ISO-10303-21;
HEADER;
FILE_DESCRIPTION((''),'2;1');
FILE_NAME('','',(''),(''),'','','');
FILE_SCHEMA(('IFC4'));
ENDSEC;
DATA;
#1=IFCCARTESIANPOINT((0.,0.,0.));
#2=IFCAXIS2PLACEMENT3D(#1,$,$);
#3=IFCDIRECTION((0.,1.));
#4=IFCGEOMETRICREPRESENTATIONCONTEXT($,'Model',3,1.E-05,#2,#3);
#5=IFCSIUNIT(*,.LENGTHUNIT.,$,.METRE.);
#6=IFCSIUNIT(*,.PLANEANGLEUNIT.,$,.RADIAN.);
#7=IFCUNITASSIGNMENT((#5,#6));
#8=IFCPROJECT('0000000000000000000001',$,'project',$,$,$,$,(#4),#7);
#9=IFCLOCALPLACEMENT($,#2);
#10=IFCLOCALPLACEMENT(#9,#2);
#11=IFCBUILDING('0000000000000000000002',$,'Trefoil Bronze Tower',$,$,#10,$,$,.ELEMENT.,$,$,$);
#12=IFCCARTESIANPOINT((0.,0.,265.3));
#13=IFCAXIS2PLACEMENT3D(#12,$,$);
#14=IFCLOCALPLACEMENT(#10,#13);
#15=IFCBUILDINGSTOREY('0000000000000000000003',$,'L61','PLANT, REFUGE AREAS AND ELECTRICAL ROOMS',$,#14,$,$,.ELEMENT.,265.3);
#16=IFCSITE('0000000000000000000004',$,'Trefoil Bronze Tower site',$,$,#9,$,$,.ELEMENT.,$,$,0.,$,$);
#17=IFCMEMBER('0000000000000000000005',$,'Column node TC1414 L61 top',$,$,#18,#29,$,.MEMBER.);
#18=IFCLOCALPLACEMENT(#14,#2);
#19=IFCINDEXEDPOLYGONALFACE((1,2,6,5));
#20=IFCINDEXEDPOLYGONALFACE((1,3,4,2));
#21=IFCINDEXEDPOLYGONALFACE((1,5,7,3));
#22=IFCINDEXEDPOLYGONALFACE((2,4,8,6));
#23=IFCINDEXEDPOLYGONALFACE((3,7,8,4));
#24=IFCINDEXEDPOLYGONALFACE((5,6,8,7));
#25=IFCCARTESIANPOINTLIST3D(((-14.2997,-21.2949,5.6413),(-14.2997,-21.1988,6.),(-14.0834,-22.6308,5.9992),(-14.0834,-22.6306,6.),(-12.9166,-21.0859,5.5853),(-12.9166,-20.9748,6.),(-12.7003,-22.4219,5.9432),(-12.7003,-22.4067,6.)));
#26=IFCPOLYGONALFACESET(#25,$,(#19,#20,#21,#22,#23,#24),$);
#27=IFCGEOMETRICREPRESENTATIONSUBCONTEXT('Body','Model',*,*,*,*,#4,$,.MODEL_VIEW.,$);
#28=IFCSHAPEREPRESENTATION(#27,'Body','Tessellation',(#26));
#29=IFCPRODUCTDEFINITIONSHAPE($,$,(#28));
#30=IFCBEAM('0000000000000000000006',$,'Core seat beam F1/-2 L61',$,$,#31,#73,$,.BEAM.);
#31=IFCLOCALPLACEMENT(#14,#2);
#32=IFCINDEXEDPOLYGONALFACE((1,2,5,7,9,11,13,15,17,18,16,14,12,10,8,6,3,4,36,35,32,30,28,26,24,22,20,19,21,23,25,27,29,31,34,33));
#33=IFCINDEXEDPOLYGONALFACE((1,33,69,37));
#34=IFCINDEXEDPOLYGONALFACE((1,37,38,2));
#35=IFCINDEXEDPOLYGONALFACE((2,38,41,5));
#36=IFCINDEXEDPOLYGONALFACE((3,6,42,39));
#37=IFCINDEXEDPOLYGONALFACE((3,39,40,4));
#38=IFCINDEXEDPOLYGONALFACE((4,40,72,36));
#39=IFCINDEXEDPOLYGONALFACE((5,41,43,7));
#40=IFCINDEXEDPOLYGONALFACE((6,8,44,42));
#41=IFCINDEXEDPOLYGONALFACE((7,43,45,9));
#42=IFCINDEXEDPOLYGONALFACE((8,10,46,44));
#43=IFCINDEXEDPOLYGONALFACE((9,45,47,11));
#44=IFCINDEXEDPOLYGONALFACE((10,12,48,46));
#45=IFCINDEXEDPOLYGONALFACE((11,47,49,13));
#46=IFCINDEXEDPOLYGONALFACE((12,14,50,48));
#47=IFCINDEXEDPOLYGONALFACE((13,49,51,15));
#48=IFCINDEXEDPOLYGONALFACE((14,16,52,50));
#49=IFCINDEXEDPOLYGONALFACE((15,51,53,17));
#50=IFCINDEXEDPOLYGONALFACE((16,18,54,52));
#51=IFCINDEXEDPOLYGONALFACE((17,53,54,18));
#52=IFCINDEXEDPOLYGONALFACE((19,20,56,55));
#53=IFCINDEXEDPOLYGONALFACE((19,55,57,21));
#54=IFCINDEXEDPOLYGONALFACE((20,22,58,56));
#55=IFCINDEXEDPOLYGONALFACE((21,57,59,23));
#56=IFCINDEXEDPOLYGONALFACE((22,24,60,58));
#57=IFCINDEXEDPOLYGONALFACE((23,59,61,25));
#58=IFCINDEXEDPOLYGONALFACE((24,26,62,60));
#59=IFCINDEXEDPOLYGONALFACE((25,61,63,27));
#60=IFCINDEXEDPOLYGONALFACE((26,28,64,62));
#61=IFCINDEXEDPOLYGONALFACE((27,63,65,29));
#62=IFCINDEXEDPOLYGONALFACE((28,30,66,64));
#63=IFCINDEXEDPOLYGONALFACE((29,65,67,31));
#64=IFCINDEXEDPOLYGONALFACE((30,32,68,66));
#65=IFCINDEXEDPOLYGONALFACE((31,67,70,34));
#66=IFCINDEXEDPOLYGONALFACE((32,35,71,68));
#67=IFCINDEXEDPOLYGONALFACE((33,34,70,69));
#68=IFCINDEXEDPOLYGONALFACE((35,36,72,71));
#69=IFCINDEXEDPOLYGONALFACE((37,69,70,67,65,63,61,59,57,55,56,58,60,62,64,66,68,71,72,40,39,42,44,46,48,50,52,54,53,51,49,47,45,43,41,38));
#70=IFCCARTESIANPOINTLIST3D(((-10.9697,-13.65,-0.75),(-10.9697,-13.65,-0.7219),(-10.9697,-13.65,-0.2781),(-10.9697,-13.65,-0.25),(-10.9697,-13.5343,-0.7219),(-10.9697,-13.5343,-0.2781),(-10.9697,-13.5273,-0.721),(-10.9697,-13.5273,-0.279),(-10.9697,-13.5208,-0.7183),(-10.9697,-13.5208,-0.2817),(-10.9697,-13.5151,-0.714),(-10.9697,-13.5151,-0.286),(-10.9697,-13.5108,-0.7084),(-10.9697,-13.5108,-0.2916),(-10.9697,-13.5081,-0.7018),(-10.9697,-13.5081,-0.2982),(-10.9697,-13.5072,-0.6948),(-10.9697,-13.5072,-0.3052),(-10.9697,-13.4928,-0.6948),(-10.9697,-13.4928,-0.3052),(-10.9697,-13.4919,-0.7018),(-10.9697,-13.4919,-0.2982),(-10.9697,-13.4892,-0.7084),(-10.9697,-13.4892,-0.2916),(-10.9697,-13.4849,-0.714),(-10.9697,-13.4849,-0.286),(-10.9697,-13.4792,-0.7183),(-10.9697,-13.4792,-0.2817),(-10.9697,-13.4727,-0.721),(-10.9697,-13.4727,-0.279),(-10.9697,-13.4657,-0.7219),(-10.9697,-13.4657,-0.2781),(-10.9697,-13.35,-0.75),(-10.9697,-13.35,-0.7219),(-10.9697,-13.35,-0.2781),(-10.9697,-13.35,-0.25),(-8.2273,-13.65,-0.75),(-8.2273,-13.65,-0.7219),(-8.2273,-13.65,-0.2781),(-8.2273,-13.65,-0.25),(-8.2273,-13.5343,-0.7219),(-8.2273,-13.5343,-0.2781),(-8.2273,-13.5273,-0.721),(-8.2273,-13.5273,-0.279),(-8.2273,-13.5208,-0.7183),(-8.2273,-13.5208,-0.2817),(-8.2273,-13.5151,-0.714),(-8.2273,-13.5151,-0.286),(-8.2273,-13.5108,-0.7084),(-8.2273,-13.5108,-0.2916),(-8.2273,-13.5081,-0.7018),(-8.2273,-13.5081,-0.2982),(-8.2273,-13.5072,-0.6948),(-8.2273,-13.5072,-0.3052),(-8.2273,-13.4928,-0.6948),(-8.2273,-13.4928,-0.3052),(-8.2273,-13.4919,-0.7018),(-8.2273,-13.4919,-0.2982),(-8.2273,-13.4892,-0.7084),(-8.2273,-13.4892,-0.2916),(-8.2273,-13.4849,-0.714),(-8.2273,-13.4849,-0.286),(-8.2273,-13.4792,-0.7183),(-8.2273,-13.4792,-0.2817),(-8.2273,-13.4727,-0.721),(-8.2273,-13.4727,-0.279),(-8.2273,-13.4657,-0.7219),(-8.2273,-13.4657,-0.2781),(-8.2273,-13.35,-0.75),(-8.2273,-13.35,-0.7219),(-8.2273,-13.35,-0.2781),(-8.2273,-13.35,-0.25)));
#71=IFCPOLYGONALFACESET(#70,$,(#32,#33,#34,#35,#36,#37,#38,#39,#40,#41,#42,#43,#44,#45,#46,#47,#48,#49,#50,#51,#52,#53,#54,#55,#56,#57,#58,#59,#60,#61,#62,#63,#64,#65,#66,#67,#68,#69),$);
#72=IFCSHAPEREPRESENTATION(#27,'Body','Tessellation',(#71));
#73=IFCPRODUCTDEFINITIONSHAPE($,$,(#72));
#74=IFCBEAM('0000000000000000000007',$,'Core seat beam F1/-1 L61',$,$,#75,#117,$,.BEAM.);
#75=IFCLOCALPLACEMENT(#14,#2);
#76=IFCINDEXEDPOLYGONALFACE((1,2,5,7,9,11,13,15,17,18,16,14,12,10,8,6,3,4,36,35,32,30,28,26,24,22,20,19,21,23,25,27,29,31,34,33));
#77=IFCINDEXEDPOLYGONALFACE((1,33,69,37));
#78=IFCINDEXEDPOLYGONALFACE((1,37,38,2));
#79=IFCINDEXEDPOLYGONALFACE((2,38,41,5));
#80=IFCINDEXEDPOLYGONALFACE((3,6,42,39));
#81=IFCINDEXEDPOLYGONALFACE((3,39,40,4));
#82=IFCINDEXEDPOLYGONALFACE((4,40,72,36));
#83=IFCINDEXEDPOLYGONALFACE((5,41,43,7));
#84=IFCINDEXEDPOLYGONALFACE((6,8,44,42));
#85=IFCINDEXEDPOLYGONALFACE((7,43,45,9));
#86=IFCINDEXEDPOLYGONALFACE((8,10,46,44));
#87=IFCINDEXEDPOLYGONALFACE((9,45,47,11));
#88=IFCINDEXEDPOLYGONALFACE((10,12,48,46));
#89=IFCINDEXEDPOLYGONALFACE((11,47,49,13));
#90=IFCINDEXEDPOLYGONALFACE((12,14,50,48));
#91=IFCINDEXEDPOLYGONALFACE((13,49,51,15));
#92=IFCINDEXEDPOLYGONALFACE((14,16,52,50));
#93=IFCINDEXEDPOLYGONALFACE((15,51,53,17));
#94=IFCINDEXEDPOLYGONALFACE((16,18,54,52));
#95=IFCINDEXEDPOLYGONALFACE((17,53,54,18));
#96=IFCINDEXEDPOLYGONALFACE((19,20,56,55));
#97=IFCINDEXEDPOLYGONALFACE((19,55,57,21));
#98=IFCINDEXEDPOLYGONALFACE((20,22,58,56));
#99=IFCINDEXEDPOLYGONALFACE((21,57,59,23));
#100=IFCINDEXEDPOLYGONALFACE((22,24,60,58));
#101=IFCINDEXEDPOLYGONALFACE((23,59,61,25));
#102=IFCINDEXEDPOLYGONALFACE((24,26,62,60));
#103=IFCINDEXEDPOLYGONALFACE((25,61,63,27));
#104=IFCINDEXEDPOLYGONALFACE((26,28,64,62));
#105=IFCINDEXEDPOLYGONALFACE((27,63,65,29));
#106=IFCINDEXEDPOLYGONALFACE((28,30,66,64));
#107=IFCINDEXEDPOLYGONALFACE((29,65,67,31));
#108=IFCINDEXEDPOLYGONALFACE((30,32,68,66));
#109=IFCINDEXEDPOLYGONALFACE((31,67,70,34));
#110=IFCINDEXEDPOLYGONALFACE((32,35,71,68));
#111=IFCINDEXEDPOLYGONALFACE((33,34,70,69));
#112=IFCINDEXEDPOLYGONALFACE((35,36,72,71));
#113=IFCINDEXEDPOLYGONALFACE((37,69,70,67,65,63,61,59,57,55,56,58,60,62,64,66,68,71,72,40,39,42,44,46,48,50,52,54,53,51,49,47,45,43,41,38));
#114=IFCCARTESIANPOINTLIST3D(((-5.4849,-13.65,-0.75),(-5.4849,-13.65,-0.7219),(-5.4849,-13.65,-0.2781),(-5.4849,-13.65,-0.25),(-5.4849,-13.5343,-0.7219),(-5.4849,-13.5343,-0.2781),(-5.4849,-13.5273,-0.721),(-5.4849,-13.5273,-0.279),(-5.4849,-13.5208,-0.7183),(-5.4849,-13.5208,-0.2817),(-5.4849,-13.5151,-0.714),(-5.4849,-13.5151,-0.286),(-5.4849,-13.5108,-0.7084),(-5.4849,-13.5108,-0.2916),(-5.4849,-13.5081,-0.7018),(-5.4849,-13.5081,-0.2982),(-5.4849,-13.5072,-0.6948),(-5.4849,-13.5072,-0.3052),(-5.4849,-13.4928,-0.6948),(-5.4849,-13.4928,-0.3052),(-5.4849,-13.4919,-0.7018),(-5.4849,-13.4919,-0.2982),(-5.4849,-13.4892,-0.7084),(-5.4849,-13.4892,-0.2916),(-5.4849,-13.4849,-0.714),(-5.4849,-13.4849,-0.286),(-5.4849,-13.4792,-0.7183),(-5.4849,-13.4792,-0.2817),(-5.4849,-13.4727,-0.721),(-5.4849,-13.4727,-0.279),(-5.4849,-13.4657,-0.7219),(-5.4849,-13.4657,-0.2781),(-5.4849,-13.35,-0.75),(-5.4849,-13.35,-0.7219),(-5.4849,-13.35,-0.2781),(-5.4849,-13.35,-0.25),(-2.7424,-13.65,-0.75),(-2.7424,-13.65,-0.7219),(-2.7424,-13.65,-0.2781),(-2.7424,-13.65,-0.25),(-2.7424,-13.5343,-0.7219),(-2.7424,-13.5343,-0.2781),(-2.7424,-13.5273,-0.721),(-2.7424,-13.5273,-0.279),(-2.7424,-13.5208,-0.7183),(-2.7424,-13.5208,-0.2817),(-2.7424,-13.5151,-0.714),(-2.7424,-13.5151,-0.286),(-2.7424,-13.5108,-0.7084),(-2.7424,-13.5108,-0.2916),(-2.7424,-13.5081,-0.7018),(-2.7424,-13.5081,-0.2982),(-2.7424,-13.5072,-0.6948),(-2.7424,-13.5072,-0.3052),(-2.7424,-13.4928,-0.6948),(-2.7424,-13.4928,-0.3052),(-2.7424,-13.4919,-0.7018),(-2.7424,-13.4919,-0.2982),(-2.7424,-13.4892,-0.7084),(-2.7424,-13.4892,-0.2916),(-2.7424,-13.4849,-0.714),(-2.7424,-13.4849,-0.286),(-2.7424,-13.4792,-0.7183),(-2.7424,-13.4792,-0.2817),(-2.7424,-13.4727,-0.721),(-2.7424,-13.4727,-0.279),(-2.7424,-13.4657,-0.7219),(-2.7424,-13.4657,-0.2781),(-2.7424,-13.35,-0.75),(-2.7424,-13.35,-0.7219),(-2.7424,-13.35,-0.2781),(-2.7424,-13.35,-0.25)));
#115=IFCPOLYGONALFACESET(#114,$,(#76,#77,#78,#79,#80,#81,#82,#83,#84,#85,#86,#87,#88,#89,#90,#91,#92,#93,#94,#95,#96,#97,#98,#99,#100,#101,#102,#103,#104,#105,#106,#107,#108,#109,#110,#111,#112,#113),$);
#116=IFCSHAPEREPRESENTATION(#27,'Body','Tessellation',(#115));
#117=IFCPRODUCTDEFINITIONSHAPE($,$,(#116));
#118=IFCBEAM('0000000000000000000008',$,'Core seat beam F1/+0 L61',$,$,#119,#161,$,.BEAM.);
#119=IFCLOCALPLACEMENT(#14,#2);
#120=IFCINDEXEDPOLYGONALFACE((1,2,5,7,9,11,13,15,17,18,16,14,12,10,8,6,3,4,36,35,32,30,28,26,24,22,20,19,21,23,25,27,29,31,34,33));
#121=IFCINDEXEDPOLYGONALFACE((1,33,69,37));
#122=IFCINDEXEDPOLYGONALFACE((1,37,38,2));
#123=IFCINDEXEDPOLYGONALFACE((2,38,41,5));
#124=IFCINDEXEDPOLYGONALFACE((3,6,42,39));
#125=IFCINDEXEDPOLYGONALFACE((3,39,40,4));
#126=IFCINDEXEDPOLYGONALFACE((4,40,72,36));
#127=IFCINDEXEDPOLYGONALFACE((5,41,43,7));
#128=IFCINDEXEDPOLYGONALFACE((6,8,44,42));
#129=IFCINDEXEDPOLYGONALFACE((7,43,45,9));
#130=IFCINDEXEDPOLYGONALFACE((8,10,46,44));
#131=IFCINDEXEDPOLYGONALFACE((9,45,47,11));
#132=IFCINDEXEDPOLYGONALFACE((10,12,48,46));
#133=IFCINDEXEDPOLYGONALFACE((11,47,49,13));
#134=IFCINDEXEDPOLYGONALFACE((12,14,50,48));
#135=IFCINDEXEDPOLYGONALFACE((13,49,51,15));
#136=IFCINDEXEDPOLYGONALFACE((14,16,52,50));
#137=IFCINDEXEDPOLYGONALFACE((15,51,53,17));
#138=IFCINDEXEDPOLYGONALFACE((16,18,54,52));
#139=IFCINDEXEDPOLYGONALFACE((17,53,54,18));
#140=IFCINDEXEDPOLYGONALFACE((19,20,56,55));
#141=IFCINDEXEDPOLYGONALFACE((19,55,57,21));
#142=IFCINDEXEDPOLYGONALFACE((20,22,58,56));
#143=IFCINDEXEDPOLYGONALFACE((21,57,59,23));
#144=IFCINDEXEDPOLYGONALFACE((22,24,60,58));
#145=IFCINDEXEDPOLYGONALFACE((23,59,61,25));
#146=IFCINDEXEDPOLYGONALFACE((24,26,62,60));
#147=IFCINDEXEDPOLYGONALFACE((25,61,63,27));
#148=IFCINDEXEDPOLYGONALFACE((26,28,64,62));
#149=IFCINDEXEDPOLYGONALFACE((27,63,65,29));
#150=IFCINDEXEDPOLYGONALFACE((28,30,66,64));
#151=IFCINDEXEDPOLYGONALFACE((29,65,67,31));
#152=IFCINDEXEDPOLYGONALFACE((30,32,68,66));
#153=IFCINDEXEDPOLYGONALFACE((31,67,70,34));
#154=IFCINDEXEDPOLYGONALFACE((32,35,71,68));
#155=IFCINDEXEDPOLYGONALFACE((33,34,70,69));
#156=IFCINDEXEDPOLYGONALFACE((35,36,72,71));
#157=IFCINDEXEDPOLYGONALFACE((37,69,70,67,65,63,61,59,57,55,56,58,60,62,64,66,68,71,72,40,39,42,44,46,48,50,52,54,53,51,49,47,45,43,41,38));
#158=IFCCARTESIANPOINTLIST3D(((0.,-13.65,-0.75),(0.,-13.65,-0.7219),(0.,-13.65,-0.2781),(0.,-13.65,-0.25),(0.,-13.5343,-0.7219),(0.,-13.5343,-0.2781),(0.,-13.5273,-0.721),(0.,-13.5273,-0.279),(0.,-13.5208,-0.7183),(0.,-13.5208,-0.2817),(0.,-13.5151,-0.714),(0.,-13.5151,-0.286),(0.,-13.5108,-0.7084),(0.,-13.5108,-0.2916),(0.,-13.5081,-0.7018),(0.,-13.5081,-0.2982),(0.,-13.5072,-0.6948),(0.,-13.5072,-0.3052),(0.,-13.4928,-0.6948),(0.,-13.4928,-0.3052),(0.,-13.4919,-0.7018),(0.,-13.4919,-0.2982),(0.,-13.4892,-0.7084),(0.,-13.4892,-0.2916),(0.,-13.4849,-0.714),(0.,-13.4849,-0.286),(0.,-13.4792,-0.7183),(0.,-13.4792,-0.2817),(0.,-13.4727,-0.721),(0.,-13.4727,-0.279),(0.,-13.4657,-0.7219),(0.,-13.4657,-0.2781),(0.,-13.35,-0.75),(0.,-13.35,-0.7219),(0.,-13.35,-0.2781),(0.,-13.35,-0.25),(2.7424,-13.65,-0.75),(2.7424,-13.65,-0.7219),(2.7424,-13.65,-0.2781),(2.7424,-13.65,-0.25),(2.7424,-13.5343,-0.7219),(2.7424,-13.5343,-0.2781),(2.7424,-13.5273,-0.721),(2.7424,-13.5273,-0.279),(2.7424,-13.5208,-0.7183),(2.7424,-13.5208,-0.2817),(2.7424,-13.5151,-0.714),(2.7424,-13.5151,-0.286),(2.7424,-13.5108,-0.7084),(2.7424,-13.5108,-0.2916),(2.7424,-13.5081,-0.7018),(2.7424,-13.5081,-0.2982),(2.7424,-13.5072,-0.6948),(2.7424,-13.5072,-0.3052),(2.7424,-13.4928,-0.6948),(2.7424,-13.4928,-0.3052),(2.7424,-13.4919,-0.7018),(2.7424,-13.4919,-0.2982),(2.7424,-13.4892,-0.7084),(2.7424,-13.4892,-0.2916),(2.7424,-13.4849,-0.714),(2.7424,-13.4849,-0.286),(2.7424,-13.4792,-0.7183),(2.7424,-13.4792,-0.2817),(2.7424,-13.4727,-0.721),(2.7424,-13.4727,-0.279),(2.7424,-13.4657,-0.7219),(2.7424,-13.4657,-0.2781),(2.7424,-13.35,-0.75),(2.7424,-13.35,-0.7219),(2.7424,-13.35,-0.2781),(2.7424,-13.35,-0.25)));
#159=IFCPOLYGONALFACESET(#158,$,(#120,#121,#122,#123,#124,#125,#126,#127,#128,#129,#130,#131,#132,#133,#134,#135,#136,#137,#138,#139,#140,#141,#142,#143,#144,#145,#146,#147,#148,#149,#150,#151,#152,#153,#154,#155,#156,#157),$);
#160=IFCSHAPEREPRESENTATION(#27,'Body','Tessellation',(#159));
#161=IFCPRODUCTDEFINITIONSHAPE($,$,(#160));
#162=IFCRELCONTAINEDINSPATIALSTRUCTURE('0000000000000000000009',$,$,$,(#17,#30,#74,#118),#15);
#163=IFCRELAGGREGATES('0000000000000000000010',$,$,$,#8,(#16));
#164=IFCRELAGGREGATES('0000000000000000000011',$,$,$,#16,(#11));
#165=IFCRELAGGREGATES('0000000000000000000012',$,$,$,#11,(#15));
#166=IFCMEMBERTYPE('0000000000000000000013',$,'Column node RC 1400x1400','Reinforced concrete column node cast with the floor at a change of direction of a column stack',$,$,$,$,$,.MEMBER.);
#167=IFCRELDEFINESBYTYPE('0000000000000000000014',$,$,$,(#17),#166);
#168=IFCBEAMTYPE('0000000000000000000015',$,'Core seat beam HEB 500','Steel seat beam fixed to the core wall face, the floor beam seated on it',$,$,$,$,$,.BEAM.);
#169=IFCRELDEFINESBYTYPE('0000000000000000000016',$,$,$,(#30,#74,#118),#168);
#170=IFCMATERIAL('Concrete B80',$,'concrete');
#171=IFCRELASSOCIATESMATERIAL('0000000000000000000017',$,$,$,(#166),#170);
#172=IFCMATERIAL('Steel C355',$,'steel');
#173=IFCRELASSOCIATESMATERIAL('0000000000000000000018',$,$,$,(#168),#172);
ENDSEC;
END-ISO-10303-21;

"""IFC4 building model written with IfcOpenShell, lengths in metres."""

from ifc_helpers import new_model, si_unit, direction, frame, origin, origin_2d, place, context, subcontext, project, spatial, rectangle, i_section, extrude, clip, halfspace, material, material_profile, profile_set, type_object, element, save


model = new_model("IFC4")

# Units and contexts
model_context = context("Model", 3, precision=1e-05, world=origin(), true_north=direction((0.0, 1.0)))
body_context = subcontext(model_context, "Body", "Model", "MODEL_VIEW")
ifc_project = project(units=[si_unit("LENGTHUNIT", "METRE"), si_unit("PLANEANGLEUNIT", "RADIAN")], contexts=[model_context])

# Site, building, storey
site_placement = place(None, origin())
site = spatial("IfcSite", under=ifc_project, at=site_placement, Name="Trefoil Bronze Tower site", CompositionType="ELEMENT", RefElevation=0.0)
building_placement = place(site_placement, origin())
building = spatial("IfcBuilding", under=site, at=building_placement, Name="Trefoil Bronze Tower", CompositionType="ELEMENT")
storey_placement = place(building_placement, frame((0.0, 0.0, 265.3)))
storey = spatial("IfcBuildingStorey", under=building, at=storey_placement, Name="L61", Description="PLANT, REFUGE AREAS AND ELECTRICAL ROOMS", CompositionType="ELEMENT", Elevation=265.3)

# Member
ifc_material_1 = material(Name="Concrete B80", Category="concrete")
ifc_material_profile_1 = material_profile(ifc_material_1, rectangle(XDim=1.3999, YDim=1.3999, at=origin_2d()), Name="RC 1400x1400")
ifc_profile_set_1 = profile_set([ifc_material_profile_1], Name="Concrete B80")
member_type_1 = type_object("IfcMemberType", Name="Column node RC 1400x1400", Description="Reinforced concrete column node cast with the floor at a change of direction of a column stack", PredefinedType="MEMBER", material=ifc_profile_set_1)
member_1_placement = place(storey_placement, frame((-13.5, -21.7471, 6.2078), z_axis=(0.0, -0.258793, -0.965933), x_axis=(-0.987992, -0.149243, 0.039985)))
element("IfcMember", 1, at=member_1_placement, inside=storey, type_object=member_type_1, Name="Column node TC1414 L61 top", PredefinedType="MEMBER", context=body_context, shape_type="Clipping", body=[
    clip(extrude(rectangle(XDim=1.3999, YDim=1.3999, at=origin_2d()), origin(), (0.0, 0.0, 1.0), 0.4302), halfspace(frame((0.0, 0.0, 0.2151), z_axis=(-0.039985, 0.255685, 0.965933), x_axis=(0.0, 0.966706, -0.25589)), True)),
])

# Beams
ifc_material_2 = material(Name="Steel C355", Category="steel")
ifc_material_profile_2 = material_profile(ifc_material_2, i_section(OverallWidth=0.3, OverallDepth=0.5, WebThickness=0.0144, FlangeThickness=0.0281, FilletRadius=0.0271, at=origin_2d()), Name="HEB 500")
ifc_profile_set_2 = profile_set([ifc_material_profile_2], Name="Steel C355")
beam_type_1 = type_object("IfcBeamType", Name="Core seat beam HEB 500", Description="Steel seat beam fixed to the core wall face, the floor beam seated on it", PredefinedType="BEAM", material=ifc_profile_set_2)
for number, where, z_axis, x_axis, name in (
    (2, (-10.9697, -13.5, -0.5), (1.0, 0.0, 0.0), (0.0, 1.0, 0.0), "Core seat beam F1/-2 L61"),
    (3, (-5.4849, -13.5, -0.5), (1.0, 0.0, 0.0), (0.0, 1.0, 0.0), "Core seat beam F1/-1 L61"),
    (4, (0.0, -13.5, -0.5), (1.0, 0.0, 0.0), (0.0, 1.0, 0.0), "Core seat beam F1/+0 L61"),
):
    element("IfcBeam", number, at=place(storey_placement, frame(where, z_axis=z_axis, x_axis=x_axis)), inside=storey, type_object=beam_type_1, Name=name, PredefinedType="BEAM", context=body_context, shape_type="SweptSolid", body=[
        extrude(i_section(OverallWidth=0.3, OverallDepth=0.5, WebThickness=0.0144, FlangeThickness=0.0281, FilletRadius=0.0271, at=origin_2d()), origin(), (0.0, 0.0, 1.0), 2.7424),
    ])

save(model, "model.ifc")
